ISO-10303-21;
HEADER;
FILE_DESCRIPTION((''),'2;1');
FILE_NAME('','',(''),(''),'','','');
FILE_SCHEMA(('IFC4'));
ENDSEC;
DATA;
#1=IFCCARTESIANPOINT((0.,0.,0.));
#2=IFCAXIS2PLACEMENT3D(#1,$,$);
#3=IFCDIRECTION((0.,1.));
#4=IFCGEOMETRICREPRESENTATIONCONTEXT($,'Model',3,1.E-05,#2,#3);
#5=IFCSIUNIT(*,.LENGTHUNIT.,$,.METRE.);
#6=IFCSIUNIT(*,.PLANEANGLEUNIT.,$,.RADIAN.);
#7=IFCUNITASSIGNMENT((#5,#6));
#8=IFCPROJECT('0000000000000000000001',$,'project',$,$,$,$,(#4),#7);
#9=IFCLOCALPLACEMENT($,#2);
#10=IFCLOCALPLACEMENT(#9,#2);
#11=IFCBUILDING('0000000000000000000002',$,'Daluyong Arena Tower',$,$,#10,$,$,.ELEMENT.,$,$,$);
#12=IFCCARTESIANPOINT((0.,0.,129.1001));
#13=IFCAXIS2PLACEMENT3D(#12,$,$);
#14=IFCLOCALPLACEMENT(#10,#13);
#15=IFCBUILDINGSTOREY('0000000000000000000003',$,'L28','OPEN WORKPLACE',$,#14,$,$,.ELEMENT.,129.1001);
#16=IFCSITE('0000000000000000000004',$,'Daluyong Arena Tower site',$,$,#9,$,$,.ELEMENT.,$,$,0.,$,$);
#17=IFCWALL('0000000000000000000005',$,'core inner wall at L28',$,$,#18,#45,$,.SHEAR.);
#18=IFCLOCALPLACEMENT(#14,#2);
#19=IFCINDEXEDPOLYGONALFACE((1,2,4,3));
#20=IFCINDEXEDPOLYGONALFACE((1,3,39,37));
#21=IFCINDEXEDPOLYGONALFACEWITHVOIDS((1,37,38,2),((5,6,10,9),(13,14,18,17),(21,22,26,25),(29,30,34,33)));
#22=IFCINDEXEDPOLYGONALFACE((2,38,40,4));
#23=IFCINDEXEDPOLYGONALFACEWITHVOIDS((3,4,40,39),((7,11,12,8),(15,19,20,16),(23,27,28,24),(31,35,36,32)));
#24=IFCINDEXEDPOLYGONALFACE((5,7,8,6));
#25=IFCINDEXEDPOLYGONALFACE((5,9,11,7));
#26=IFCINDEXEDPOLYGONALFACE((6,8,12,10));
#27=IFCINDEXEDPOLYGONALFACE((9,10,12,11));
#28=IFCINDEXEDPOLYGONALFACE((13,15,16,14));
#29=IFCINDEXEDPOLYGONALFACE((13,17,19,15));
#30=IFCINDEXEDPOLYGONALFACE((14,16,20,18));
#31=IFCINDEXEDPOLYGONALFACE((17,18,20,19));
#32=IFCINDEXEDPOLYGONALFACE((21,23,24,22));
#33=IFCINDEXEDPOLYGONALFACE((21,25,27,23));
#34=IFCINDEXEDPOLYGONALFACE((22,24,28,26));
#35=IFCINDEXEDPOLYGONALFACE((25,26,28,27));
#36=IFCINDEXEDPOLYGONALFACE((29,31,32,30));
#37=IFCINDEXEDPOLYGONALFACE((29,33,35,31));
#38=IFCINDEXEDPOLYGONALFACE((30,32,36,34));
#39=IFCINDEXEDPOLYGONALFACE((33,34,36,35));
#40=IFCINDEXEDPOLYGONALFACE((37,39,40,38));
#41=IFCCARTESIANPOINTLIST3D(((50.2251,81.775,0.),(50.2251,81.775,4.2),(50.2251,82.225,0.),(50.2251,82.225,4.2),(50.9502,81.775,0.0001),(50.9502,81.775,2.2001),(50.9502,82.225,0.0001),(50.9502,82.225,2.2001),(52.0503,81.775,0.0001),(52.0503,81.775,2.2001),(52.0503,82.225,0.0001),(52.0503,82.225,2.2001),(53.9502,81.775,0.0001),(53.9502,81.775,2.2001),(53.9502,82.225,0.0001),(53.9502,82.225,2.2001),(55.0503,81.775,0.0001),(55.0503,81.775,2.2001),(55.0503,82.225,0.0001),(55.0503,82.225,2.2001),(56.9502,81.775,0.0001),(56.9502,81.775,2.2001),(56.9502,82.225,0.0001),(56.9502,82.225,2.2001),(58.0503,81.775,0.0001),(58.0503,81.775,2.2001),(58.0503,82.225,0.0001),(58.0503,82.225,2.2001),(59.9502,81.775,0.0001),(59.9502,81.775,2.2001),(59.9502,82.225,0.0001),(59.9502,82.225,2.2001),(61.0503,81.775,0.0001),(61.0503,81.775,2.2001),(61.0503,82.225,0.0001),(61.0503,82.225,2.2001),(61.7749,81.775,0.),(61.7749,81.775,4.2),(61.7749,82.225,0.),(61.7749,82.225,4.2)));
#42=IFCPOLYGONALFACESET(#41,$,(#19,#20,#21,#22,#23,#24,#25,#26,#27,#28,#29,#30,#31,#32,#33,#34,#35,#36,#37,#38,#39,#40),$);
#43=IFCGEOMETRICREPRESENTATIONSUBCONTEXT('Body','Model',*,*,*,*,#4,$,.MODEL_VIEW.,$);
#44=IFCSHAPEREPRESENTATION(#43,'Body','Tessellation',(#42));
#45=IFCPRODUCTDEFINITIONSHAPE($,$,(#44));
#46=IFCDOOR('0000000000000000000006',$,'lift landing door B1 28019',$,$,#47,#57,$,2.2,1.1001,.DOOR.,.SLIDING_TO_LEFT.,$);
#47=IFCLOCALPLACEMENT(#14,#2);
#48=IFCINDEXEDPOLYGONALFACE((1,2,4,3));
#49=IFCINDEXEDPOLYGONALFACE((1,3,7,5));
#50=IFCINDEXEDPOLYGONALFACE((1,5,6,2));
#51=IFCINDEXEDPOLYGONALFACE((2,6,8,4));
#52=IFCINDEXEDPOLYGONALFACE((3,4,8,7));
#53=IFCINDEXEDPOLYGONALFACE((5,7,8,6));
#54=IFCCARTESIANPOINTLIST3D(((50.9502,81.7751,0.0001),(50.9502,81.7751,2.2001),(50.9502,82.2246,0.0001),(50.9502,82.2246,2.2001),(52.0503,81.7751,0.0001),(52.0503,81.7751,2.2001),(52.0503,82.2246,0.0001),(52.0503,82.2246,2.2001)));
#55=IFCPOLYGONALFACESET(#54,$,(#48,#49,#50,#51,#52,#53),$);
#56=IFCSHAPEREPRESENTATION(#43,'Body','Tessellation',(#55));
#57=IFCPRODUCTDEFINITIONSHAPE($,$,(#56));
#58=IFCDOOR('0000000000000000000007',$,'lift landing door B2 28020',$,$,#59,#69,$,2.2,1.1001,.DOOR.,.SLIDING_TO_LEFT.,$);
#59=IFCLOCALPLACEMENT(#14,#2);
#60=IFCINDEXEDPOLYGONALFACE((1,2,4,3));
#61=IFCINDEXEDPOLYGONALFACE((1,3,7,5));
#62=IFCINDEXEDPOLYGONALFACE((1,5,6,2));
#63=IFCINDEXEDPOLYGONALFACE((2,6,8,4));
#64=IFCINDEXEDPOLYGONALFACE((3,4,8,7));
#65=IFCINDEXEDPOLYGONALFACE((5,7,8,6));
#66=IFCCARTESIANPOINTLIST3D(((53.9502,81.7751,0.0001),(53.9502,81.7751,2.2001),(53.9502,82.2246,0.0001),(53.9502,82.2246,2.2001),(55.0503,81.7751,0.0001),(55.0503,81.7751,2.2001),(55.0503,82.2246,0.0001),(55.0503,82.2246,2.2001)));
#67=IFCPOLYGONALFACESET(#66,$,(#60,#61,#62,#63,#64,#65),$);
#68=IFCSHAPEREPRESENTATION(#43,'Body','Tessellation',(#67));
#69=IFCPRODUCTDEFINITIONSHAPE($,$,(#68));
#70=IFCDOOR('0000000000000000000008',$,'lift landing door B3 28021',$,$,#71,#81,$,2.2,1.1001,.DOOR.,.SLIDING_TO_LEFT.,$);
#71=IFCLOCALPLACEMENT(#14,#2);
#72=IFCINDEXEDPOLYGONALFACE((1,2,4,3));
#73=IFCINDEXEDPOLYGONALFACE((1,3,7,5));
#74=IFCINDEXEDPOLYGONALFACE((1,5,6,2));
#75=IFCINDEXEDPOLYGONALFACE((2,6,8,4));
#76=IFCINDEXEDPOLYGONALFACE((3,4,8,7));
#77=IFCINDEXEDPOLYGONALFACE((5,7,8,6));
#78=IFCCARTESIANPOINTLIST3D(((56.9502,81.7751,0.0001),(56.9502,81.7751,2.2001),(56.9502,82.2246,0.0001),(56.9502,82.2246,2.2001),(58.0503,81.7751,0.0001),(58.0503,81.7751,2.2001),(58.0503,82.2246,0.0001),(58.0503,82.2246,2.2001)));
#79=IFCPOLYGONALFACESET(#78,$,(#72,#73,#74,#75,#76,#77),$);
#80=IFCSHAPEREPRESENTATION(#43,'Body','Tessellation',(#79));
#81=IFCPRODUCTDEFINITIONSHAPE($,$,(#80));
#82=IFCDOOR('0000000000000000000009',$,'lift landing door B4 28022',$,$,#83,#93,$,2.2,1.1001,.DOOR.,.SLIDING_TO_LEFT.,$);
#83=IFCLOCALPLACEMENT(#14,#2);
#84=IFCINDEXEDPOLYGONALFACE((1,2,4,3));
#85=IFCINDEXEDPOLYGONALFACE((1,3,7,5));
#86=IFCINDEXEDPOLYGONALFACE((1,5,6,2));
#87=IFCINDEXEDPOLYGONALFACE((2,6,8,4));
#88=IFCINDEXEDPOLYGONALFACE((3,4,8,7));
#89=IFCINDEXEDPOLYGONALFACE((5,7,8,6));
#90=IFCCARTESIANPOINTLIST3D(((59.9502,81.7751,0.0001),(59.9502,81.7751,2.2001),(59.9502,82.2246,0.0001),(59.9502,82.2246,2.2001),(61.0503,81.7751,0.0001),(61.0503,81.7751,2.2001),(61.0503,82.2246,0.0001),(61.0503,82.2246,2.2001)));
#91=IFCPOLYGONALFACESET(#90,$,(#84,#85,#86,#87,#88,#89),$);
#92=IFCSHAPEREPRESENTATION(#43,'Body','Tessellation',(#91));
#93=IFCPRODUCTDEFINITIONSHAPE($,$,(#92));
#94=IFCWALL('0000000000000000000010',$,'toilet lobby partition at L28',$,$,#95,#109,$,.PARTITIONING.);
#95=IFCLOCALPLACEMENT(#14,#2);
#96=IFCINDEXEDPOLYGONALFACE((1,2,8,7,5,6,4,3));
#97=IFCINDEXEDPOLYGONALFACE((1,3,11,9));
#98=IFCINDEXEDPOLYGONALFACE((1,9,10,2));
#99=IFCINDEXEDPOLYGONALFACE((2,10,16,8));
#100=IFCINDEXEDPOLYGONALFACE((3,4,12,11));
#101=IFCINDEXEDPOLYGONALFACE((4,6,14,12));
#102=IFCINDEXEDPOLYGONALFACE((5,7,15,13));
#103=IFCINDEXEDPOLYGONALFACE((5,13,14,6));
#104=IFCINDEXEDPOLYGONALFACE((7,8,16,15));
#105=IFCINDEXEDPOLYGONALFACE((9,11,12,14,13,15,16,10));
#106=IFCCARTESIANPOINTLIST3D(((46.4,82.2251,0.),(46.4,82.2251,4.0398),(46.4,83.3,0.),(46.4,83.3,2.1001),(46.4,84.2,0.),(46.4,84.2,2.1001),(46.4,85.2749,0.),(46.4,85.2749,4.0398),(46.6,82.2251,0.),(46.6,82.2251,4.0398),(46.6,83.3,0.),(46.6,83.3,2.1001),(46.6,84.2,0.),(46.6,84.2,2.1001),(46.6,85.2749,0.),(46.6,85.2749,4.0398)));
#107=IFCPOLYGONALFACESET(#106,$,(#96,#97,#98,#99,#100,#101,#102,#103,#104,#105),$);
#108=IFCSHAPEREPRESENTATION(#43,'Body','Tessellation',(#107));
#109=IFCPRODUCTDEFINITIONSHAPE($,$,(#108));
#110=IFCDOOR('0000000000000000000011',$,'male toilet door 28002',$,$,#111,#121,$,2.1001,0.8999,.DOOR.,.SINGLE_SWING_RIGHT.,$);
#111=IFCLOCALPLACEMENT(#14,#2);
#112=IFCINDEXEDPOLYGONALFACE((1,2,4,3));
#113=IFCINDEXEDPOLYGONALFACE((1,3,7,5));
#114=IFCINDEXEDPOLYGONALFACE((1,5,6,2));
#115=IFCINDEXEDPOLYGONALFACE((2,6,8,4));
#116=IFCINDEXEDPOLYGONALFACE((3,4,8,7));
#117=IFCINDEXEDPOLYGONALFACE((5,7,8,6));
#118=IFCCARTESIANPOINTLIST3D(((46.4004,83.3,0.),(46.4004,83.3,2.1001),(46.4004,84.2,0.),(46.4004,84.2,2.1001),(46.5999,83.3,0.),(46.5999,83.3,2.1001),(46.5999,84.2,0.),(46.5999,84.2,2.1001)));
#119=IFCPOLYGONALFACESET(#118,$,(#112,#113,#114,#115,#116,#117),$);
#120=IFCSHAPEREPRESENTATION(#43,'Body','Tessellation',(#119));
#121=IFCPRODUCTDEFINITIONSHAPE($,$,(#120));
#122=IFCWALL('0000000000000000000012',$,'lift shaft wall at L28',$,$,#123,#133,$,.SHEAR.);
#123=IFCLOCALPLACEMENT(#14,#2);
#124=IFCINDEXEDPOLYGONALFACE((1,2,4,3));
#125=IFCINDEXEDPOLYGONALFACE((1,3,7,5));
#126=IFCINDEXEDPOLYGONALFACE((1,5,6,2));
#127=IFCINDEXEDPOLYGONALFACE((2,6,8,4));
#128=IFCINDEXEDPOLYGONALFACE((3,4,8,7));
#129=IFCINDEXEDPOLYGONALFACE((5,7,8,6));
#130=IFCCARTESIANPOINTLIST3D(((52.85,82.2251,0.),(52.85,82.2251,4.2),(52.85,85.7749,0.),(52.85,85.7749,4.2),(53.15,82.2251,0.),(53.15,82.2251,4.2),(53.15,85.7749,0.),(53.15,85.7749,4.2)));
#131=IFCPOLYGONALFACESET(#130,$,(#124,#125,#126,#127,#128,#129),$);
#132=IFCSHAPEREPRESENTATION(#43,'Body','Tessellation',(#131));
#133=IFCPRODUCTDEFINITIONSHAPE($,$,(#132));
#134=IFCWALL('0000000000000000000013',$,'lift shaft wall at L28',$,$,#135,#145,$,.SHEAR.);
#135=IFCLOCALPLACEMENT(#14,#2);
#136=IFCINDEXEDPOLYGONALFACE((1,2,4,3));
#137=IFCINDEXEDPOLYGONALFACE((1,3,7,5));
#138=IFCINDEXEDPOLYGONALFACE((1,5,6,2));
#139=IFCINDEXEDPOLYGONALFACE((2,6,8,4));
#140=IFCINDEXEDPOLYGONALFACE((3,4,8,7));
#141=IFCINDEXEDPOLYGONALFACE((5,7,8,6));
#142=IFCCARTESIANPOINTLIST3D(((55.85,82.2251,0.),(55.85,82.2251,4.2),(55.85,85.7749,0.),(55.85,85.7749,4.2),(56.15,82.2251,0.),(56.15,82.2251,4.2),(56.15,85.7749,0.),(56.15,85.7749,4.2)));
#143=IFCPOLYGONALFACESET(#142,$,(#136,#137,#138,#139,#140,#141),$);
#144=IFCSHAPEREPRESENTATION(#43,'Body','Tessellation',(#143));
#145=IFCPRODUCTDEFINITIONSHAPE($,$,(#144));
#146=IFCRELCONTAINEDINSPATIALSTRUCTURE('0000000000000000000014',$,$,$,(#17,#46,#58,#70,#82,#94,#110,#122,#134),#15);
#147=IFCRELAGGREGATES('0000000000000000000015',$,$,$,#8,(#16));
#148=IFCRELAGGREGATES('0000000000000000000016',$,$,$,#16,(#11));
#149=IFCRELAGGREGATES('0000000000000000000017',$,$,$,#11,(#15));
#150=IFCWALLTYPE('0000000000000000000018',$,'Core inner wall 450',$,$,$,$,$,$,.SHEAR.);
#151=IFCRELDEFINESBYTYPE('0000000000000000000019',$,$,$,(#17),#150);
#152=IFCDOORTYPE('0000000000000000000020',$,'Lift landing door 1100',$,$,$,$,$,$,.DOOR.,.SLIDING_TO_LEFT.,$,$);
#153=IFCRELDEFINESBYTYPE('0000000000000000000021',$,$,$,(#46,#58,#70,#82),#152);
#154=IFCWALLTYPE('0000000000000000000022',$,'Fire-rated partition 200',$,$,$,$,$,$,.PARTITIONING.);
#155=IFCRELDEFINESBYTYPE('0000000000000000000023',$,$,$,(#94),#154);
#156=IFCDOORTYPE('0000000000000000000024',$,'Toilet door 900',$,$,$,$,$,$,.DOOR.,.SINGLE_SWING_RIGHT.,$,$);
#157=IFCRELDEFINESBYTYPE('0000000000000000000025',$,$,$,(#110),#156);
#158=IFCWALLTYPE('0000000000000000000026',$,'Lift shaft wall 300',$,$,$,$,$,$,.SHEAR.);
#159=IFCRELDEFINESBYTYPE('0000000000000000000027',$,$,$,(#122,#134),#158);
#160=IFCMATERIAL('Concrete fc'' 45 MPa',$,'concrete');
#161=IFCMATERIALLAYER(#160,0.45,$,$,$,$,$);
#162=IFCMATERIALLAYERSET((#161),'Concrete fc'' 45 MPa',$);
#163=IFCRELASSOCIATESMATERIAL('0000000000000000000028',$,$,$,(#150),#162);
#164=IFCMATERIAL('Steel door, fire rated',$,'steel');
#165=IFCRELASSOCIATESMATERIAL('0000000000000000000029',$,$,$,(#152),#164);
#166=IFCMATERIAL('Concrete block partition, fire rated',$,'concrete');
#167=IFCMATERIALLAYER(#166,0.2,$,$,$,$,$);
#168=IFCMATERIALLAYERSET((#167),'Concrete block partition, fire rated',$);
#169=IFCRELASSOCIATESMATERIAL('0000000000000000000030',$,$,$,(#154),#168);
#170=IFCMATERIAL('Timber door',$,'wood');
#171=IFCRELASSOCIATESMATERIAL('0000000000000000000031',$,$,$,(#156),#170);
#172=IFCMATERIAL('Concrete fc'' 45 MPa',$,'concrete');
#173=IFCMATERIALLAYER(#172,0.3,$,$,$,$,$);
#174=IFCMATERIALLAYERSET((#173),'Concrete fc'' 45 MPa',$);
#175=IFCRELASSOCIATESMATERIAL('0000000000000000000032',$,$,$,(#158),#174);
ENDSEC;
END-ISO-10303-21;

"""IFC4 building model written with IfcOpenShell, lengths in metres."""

from ifc_helpers import new_model, si_unit, direction, frame, frame_2d, origin, place, context, subcontext, project, spatial, rectangle, extrude, material, layer, layer_set, type_object, element, fill, save


model = new_model("IFC4")

# Units and contexts
model_context = context("Model", 3, precision=1e-05, world=origin(), true_north=direction((0.0, 1.0)))
body_context = subcontext(model_context, "Body", "Model", "MODEL_VIEW")
ifc_project = project(units=[si_unit("LENGTHUNIT", "METRE"), si_unit("PLANEANGLEUNIT", "RADIAN")], contexts=[model_context])

# Site, building, storey
site_placement = place(None, origin())
site = spatial("IfcSite", under=ifc_project, at=site_placement, Name="Daluyong Arena Tower site", CompositionType="ELEMENT", RefElevation=0.0)
building_placement = place(site_placement, origin())
building = spatial("IfcBuilding", under=site, at=building_placement, Name="Daluyong Arena Tower", CompositionType="ELEMENT")
storey_placement = place(building_placement, frame((0.0, 0.0, 129.1001)))
storey = spatial("IfcBuildingStorey", under=building, at=storey_placement, Name="L28", Description="OPEN WORKPLACE", CompositionType="ELEMENT", Elevation=129.1001)

# Wall, openings, doors
ifc_material_1 = material(Name="Concrete fc' 45 MPa", Category="concrete")
ifc_layer_1 = layer(ifc_material_1, 0.45)
ifc_layer_set_1 = layer_set([ifc_layer_1], Name="Concrete fc' 45 MPa")
wall_type_1 = type_object("IfcWallType", Name="Core inner wall 450", PredefinedType="SHEAR", material=ifc_layer_set_1)
wall_1_placement = place(storey_placement, frame((50.2251, 82.0, 0.0), z_axis=(0.0, 0.0, 1.0), x_axis=(1.0, 0.0, 0.0)))
wall_1 = element("IfcWall", 1, at=wall_1_placement, inside=storey, type_object=wall_type_1, Name="core inner wall at L28", PredefinedType="SHEAR", context=body_context, shape_type="SweptSolid", body=[
    extrude(rectangle(XDim=11.5498, YDim=0.45, at=frame_2d((5.7749, 0.0))), origin(), (0.0, 0.0, 1.0), 4.2),
])
opening_1_placement = place(wall_1_placement, frame((0.7251, 0.0, 0.0)))
opening_1 = element("IfcOpeningElement", 2, at=opening_1_placement, cuts=wall_1, PredefinedType="OPENING", context=body_context, shape_type="SweptSolid", body=[
    extrude(rectangle(XDim=1.1001, YDim=2.2, at=frame_2d((0.55, 1.1001))), frame((0.0, 0.2349, 0.0), z_axis=(0.0, -1.0, 0.0), x_axis=(1.0, 0.0, 0.0)), (0.0, 0.0, 1.0), 0.47),
])
opening_2_placement = place(wall_1_placement, frame((3.7251, 0.0, 0.0)))
opening_2 = element("IfcOpeningElement", 3, at=opening_2_placement, cuts=wall_1, PredefinedType="OPENING", context=body_context, shape_type="SweptSolid", body=[
    extrude(rectangle(XDim=1.1001, YDim=2.2, at=frame_2d((0.55, 1.1001))), frame((0.0, 0.2349, 0.0), z_axis=(0.0, -1.0, 0.0), x_axis=(1.0, 0.0, 0.0)), (0.0, 0.0, 1.0), 0.47),
])
opening_3_placement = place(wall_1_placement, frame((6.7251, 0.0, 0.0)))
opening_3 = element("IfcOpeningElement", 4, at=opening_3_placement, cuts=wall_1, PredefinedType="OPENING", context=body_context, shape_type="SweptSolid", body=[
    extrude(rectangle(XDim=1.1001, YDim=2.2, at=frame_2d((0.55, 1.1001))), frame((0.0, 0.2349, 0.0), z_axis=(0.0, -1.0, 0.0), x_axis=(1.0, 0.0, 0.0)), (0.0, 0.0, 1.0), 0.47),
])
opening_4_placement = place(wall_1_placement, frame((9.7251, 0.0, 0.0)))
opening_4 = element("IfcOpeningElement", 5, at=opening_4_placement, cuts=wall_1, PredefinedType="OPENING", context=body_context, shape_type="SweptSolid", body=[
    extrude(rectangle(XDim=1.1001, YDim=2.2, at=frame_2d((0.55, 1.1001))), frame((0.0, 0.2349, 0.0), z_axis=(0.0, -1.0, 0.0), x_axis=(1.0, 0.0, 0.0)), (0.0, 0.0, 1.0), 0.47),
])
ifc_material_2 = material(Name="Steel door, fire rated", Category="steel")
door_type_1 = type_object("IfcDoorType", Name="Lift landing door 1100", OperationType="SLIDING_TO_LEFT", PredefinedType="DOOR", material=ifc_material_2)
door_1_placement = place(opening_1_placement, origin())
door_1 = element("IfcDoor", 6, at=door_1_placement, inside=storey, type_object=door_type_1, Name="lift landing door B1 28019", OperationType="SLIDING_TO_LEFT", OverallHeight=2.2, OverallWidth=1.1001, PredefinedType="DOOR", context=body_context, shape_type="SweptSolid", body=[
    extrude(rectangle(XDim=1.1001, YDim=2.2, at=frame_2d((0.55, 1.1001))), frame((0.0, 0.2246, 0.0), z_axis=(0.0, -1.0, 0.0), x_axis=(1.0, 0.0, 0.0)), (0.0, 0.0, 1.0), 0.4495),
])
fill(opening_1, door_1)
door_2_placement = place(opening_2_placement, origin())
door_2 = element("IfcDoor", 7, at=door_2_placement, inside=storey, type_object=door_type_1, Name="lift landing door B2 28020", OperationType="SLIDING_TO_LEFT", OverallHeight=2.2, OverallWidth=1.1001, PredefinedType="DOOR", context=body_context, shape_type="SweptSolid", body=[
    extrude(rectangle(XDim=1.1001, YDim=2.2, at=frame_2d((0.55, 1.1001))), frame((0.0, 0.2246, 0.0), z_axis=(0.0, -1.0, 0.0), x_axis=(1.0, 0.0, 0.0)), (0.0, 0.0, 1.0), 0.4495),
])
fill(opening_2, door_2)
door_3_placement = place(opening_3_placement, origin())
door_3 = element("IfcDoor", 8, at=door_3_placement, inside=storey, type_object=door_type_1, Name="lift landing door B3 28021", OperationType="SLIDING_TO_LEFT", OverallHeight=2.2, OverallWidth=1.1001, PredefinedType="DOOR", context=body_context, shape_type="SweptSolid", body=[
    extrude(rectangle(XDim=1.1001, YDim=2.2, at=frame_2d((0.55, 1.1001))), frame((0.0, 0.2246, 0.0), z_axis=(0.0, -1.0, 0.0), x_axis=(1.0, 0.0, 0.0)), (0.0, 0.0, 1.0), 0.4495),
])
fill(opening_3, door_3)
door_4_placement = place(opening_4_placement, origin())
door_4 = element("IfcDoor", 9, at=door_4_placement, inside=storey, type_object=door_type_1, Name="lift landing door B4 28022", OperationType="SLIDING_TO_LEFT", OverallHeight=2.2, OverallWidth=1.1001, PredefinedType="DOOR", context=body_context, shape_type="SweptSolid", body=[
    extrude(rectangle(XDim=1.1001, YDim=2.2, at=frame_2d((0.55, 1.1001))), frame((0.0, 0.2246, 0.0), z_axis=(0.0, -1.0, 0.0), x_axis=(1.0, 0.0, 0.0)), (0.0, 0.0, 1.0), 0.4495),
])
fill(opening_4, door_4)

# Wall, opening, door
ifc_material_3 = material(Name="Concrete block partition, fire rated", Category="concrete")
ifc_layer_2 = layer(ifc_material_3, 0.2)
ifc_layer_set_2 = layer_set([ifc_layer_2], Name="Concrete block partition, fire rated")
wall_type_2 = type_object("IfcWallType", Name="Fire-rated partition 200", PredefinedType="PARTITIONING", material=ifc_layer_set_2)
wall_2_placement = place(storey_placement, frame((46.5, 82.2251, 0.0), z_axis=(0.0, 0.0, 1.0), x_axis=(0.0, 1.0, 0.0)))
wall_2 = element("IfcWall", 10, at=wall_2_placement, inside=storey, type_object=wall_type_2, Name="toilet lobby partition at L28", PredefinedType="PARTITIONING", context=body_context, shape_type="SweptSolid", body=[
    extrude(rectangle(XDim=3.0498, YDim=0.2, at=frame_2d((1.5249, 0.0))), origin(), (0.0, 0.0, 1.0), 4.0398),
])
opening_5_placement = place(wall_2_placement, frame((1.075, 0.0, 0.0)))
opening_5 = element("IfcOpeningElement", 11, at=opening_5_placement, cuts=wall_2, PredefinedType="OPENING", context=body_context, shape_type="SweptSolid", body=[
    extrude(rectangle(XDim=0.8999, YDim=2.1001, at=frame_2d((0.45, 1.05))), frame((0.0, 0.1099, 0.0), z_axis=(0.0, -1.0, 0.0), x_axis=(1.0, 0.0, 0.0)), (0.0, 0.0, 1.0), 0.22),
])
ifc_material_4 = material(Name="Timber door", Category="wood")
door_type_2 = type_object("IfcDoorType", Name="Toilet door 900", OperationType="SINGLE_SWING_RIGHT", PredefinedType="DOOR", material=ifc_material_4)
door_5_placement = place(opening_5_placement, origin())
door_5 = element("IfcDoor", 12, at=door_5_placement, inside=storey, type_object=door_type_2, Name="male toilet door 28002", OperationType="SINGLE_SWING_RIGHT", OverallHeight=2.1001, OverallWidth=0.8999, PredefinedType="DOOR", context=body_context, shape_type="SweptSolid", body=[
    extrude(rectangle(XDim=0.8999, YDim=2.1001, at=frame_2d((0.45, 1.05))), frame((0.0, 0.0996, 0.0), z_axis=(0.0, -1.0, 0.0), x_axis=(1.0, 0.0, 0.0)), (0.0, 0.0, 1.0), 0.1995),
])
fill(opening_5, door_5)

# Walls
ifc_material_5 = material(Name="Concrete fc' 45 MPa", Category="concrete")
ifc_layer_3 = layer(ifc_material_5, 0.3)
ifc_layer_set_3 = layer_set([ifc_layer_3], Name="Concrete fc' 45 MPa")
wall_type_3 = type_object("IfcWallType", Name="Lift shaft wall 300", PredefinedType="SHEAR", material=ifc_layer_set_3)
for number, where, z_axis, x_axis, name in (
    (13, (53.0, 82.2251, 0.0), (0.0, 0.0, 1.0), (0.0, 1.0, 0.0), "lift shaft wall at L28"),
    (14, (56.0, 82.2251, 0.0), (0.0, 0.0, 1.0), (0.0, 1.0, 0.0), "lift shaft wall at L28"),
):
    element("IfcWall", number, at=place(storey_placement, frame(where, z_axis=z_axis, x_axis=x_axis)), inside=storey, type_object=wall_type_3, Name=name, PredefinedType="SHEAR", context=body_context, shape_type="SweptSolid", body=[
        extrude(rectangle(XDim=3.5498, YDim=0.3, at=frame_2d((1.7749, 0.0))), origin(), (0.0, 0.0, 1.0), 4.2),
    ])

save(model, "model.ifc")
